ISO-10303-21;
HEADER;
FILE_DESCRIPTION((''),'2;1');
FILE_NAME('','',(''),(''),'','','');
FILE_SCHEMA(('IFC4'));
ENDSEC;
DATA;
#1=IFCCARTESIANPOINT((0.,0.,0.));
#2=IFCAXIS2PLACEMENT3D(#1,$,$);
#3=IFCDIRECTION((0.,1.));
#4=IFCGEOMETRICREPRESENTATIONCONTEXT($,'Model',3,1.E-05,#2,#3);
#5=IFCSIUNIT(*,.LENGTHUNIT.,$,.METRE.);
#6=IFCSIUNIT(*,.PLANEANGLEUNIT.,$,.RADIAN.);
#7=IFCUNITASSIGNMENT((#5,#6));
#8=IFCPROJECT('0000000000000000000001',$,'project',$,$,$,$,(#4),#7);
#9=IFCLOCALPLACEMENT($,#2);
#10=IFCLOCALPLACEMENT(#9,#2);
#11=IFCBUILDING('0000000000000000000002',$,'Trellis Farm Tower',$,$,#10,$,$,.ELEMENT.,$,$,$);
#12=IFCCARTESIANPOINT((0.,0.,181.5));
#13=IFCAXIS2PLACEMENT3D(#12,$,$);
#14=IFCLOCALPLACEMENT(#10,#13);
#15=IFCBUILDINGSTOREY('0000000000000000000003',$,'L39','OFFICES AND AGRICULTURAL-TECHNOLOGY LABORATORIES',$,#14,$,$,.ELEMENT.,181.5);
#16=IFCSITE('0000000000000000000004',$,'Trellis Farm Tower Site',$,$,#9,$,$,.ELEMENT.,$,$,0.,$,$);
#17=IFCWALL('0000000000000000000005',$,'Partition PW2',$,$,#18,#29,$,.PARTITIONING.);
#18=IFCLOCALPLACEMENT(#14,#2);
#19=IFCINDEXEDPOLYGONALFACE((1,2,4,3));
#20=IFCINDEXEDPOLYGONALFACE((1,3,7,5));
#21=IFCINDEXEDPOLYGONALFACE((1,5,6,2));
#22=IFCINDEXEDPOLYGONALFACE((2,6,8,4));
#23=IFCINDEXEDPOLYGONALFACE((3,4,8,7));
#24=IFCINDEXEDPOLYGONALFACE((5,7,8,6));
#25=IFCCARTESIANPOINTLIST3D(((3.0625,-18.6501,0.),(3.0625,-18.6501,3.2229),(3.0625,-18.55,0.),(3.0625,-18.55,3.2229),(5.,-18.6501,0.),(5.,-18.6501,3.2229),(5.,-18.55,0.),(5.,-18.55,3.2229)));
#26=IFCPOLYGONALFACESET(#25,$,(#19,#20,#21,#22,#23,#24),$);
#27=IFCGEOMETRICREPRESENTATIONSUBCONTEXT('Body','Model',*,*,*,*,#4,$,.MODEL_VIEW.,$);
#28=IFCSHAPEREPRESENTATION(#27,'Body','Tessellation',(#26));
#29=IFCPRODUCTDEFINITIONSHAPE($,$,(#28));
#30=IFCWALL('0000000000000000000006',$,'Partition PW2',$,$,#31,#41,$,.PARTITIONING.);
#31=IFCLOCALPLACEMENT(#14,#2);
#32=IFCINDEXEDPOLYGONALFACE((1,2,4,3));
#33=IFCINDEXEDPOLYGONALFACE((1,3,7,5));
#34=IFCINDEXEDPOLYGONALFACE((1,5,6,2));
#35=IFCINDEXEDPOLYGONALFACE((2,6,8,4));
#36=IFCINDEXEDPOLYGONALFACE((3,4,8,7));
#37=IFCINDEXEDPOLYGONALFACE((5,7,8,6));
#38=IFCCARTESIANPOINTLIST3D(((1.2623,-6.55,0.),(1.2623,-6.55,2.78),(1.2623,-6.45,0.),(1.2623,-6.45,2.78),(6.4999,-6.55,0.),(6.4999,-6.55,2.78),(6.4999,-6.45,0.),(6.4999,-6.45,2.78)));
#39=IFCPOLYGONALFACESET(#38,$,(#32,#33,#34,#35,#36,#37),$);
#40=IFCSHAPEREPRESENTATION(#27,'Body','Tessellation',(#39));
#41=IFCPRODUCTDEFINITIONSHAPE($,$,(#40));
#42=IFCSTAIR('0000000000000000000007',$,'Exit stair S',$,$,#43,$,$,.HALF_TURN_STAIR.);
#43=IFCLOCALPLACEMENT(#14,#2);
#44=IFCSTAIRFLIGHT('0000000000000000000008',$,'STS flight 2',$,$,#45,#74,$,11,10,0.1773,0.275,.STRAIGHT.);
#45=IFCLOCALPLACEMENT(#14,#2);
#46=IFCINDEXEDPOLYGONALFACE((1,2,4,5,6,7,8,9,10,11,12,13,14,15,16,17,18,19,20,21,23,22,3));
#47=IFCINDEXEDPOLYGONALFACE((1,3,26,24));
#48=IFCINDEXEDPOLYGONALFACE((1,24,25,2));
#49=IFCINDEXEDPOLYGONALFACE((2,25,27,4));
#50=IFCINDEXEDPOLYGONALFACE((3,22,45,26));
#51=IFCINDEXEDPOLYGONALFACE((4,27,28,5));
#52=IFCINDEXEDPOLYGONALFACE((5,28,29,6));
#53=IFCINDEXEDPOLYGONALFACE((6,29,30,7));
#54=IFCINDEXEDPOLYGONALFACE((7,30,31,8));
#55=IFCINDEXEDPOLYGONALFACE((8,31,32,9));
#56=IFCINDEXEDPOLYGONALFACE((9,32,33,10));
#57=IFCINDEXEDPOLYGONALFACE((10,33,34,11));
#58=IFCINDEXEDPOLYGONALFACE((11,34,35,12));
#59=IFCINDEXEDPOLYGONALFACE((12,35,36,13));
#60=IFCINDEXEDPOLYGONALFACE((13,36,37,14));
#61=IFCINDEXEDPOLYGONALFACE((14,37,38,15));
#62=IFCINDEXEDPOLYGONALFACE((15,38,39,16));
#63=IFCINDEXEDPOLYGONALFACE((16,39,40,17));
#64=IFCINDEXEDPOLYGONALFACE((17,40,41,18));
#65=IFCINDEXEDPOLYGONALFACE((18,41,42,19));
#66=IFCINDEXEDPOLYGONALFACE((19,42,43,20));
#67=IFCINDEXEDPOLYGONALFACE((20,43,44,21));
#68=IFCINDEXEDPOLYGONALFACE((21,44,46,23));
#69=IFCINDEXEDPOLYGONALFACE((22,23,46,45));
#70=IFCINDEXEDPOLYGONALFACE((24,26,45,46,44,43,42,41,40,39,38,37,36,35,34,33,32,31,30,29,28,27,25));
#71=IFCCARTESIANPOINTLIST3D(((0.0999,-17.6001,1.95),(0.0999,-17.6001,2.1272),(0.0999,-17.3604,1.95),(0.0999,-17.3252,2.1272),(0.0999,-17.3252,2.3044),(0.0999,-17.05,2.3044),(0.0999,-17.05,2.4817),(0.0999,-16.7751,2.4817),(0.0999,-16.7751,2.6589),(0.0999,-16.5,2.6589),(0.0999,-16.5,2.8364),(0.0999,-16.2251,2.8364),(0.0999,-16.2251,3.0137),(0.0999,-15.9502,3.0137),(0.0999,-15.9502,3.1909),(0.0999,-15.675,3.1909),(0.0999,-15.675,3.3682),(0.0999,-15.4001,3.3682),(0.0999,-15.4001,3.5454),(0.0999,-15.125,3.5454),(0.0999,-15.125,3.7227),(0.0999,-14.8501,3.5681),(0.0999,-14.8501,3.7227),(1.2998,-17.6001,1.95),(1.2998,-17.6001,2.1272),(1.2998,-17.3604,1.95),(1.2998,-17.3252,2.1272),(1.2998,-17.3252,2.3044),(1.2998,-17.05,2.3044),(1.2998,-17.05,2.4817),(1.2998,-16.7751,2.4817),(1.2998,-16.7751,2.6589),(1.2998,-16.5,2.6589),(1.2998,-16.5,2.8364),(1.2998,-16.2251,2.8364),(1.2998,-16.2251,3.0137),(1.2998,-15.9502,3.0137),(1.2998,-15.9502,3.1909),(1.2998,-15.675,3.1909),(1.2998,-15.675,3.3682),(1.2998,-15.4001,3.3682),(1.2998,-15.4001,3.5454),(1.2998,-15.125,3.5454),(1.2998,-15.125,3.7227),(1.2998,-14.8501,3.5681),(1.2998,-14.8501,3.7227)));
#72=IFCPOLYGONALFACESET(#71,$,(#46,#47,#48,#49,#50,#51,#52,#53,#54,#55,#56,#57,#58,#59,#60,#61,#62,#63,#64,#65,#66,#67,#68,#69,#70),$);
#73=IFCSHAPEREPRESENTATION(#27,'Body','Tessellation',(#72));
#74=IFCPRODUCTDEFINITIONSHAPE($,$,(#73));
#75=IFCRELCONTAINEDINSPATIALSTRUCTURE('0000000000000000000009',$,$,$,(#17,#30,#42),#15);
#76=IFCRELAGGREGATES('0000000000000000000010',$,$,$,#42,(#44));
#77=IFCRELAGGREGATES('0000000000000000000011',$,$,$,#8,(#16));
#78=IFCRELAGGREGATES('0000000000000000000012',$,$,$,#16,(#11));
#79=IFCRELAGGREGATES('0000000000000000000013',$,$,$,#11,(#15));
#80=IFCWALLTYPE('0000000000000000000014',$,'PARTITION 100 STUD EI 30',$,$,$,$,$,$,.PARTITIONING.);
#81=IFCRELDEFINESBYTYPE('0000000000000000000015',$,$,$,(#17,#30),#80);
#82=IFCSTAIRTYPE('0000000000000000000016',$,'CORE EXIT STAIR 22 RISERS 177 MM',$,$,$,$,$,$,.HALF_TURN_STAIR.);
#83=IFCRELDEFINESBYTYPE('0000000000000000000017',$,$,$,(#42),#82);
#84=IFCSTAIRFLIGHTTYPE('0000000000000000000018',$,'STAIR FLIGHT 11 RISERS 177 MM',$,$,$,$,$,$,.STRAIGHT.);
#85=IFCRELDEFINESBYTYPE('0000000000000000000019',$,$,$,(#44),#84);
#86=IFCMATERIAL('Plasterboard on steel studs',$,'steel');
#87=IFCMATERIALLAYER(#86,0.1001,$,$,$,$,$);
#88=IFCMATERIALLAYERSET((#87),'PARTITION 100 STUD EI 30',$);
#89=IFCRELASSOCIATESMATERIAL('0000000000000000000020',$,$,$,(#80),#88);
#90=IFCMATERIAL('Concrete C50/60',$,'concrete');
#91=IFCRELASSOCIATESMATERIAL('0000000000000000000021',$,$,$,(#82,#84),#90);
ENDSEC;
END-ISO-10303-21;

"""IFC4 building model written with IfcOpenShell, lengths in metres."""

from ifc_helpers import new_model, si_unit, direction, frame, frame_2d, origin, place, context, subcontext, project, spatial, polyline, rectangle, outline, extrude, source, transform, mapped, material, layer, layer_set, type_object, element, aggregate, save


model = new_model("IFC4")

# Units and contexts
model_context = context("Model", 3, precision=1e-05, world=origin(), true_north=direction((0.0, 1.0)))
body_context = subcontext(model_context, "Body", "Model", "MODEL_VIEW")
ifc_project = project(units=[si_unit("LENGTHUNIT", "METRE"), si_unit("PLANEANGLEUNIT", "RADIAN")], contexts=[model_context])

# Site, building, storey
site_placement = place(None, origin())
site = spatial("IfcSite", under=ifc_project, at=site_placement, Name="Trellis Farm Tower Site", CompositionType="ELEMENT", RefElevation=0.0)
building_placement = place(site_placement, origin())
building = spatial("IfcBuilding", under=site, at=building_placement, Name="Trellis Farm Tower", CompositionType="ELEMENT")
storey_placement = place(building_placement, frame((0.0, 0.0, 181.5)))
storey = spatial("IfcBuildingStorey", under=building, at=storey_placement, Name="L39", Description="OFFICES AND AGRICULTURAL-TECHNOLOGY LABORATORIES", CompositionType="ELEMENT", Elevation=181.5)

# Shared definitions
placement = place(storey_placement, origin())

# Shared definitions
ifc_material_1 = material(Name="Plasterboard on steel studs", Category="steel")
ifc_layer_1 = layer(ifc_material_1, 0.1001)
ifc_layer_set_1 = layer_set([ifc_layer_1], Name="PARTITION 100 STUD EI 30")
wall_type_1 = type_object("IfcWallType", Name="PARTITION 100 STUD EI 30", PredefinedType="PARTITIONING", material=ifc_layer_set_1)

# Walls
shared_shape_1 = source(origin(), body_context, "Body", "SweptSolid", [
    extrude(rectangle(XDim=1.9375, YDim=0.1001, at=frame_2d((0.9688, 0.0))), origin(), (0.0, 0.0, 1.0), 3.2229),
])
wall_1_placement = place(storey_placement, frame((3.0625, -18.6001, 0.0), z_axis=(0.0, 0.0, 1.0), x_axis=(1.0, 0.0, 0.0)))
element("IfcWall", 1, at=wall_1_placement, inside=storey, type_object=wall_type_1, Name="Partition PW2", PredefinedType="PARTITIONING", context=body_context, shape_type="MappedRepresentation", body=[
    mapped(shared_shape_1, transform((0.0, 0.0, 0.0))),
])
shared_shape_2 = source(origin(), body_context, "Body", "SweptSolid", [
    extrude(rectangle(XDim=5.2375, YDim=0.1001, at=frame_2d((2.6187, 0.0))), origin(), (0.0, 0.0, 1.0), 2.78),
])
wall_2_placement = place(storey_placement, frame((1.2625, -6.5, 0.0), z_axis=(0.0, 0.0, 1.0), x_axis=(1.0, 0.0, 0.0)))
element("IfcWall", 2, at=wall_2_placement, inside=storey, type_object=wall_type_1, Name="Partition PW2", PredefinedType="PARTITIONING", context=body_context, shape_type="MappedRepresentation", body=[
    mapped(shared_shape_2, transform((0.0, 0.0, 0.0))),
])

# Stair, stair flight
ifc_material_2 = material(Name="Concrete C50/60", Category="concrete")
stair_type = type_object("IfcStairType", Name="CORE EXIT STAIR 22 RISERS 177 MM", PredefinedType="HALF_TURN_STAIR", material=ifc_material_2)
stair = element("IfcStair", 3, at=placement, inside=storey, type_object=stair_type, Name="Exit stair S", PredefinedType="HALF_TURN_STAIR")
stair_flight_type = type_object("IfcStairFlightType", Name="STAIR FLIGHT 11 RISERS 177 MM", PredefinedType="STRAIGHT", material=ifc_material_2)
shared_shape_3 = source(origin(), body_context, "Body", "SweptSolid", [
    extrude(outline(polyline([(0.0, 0.0), (0.0, 0.1772), (0.2749, 0.1772), (0.2749, 0.3545), (0.55, 0.3545), (0.55, 0.5317), (0.825, 0.5317), (0.825, 0.709), (1.1001, 0.709), (1.1001, 0.8865), (1.375, 0.8865), (1.375, 1.0637), (1.6499, 1.0637), (1.6499, 1.241), (1.925, 1.241), (1.925, 1.4182), (2.2, 1.4182), (2.2, 1.5955), (2.4751, 1.5955), (2.4751, 1.7727), (2.75, 1.7727), (2.75, 1.95), (2.75, 1.6182), (0.2397, 0.0), (0.0, 0.0)])), frame((0.0, 0.6001, 0.0), z_axis=(0.0, -1.0, 0.0), x_axis=(1.0, 0.0, 0.0)), (0.0, 0.0, 1.0), 1.2),
])
stair_flight_placement = place(storey_placement, frame((0.7, -17.6001, 1.95), z_axis=(0.0, 0.0, 1.0), x_axis=(0.0, 1.0, 0.0)))
stair_flight = element("IfcStairFlight", 4, at=stair_flight_placement, type_object=stair_flight_type, Name="STS flight 2", NumberOfRisers=11, NumberOfTreads=10, PredefinedType="STRAIGHT", RiserHeight=0.1773, TreadLength=0.275, context=body_context, shape_type="MappedRepresentation", body=[
    mapped(shared_shape_3, transform((0.0, 0.0, 0.0))),
])
aggregate(stair, [stair_flight])

save(model, "model.ifc")
